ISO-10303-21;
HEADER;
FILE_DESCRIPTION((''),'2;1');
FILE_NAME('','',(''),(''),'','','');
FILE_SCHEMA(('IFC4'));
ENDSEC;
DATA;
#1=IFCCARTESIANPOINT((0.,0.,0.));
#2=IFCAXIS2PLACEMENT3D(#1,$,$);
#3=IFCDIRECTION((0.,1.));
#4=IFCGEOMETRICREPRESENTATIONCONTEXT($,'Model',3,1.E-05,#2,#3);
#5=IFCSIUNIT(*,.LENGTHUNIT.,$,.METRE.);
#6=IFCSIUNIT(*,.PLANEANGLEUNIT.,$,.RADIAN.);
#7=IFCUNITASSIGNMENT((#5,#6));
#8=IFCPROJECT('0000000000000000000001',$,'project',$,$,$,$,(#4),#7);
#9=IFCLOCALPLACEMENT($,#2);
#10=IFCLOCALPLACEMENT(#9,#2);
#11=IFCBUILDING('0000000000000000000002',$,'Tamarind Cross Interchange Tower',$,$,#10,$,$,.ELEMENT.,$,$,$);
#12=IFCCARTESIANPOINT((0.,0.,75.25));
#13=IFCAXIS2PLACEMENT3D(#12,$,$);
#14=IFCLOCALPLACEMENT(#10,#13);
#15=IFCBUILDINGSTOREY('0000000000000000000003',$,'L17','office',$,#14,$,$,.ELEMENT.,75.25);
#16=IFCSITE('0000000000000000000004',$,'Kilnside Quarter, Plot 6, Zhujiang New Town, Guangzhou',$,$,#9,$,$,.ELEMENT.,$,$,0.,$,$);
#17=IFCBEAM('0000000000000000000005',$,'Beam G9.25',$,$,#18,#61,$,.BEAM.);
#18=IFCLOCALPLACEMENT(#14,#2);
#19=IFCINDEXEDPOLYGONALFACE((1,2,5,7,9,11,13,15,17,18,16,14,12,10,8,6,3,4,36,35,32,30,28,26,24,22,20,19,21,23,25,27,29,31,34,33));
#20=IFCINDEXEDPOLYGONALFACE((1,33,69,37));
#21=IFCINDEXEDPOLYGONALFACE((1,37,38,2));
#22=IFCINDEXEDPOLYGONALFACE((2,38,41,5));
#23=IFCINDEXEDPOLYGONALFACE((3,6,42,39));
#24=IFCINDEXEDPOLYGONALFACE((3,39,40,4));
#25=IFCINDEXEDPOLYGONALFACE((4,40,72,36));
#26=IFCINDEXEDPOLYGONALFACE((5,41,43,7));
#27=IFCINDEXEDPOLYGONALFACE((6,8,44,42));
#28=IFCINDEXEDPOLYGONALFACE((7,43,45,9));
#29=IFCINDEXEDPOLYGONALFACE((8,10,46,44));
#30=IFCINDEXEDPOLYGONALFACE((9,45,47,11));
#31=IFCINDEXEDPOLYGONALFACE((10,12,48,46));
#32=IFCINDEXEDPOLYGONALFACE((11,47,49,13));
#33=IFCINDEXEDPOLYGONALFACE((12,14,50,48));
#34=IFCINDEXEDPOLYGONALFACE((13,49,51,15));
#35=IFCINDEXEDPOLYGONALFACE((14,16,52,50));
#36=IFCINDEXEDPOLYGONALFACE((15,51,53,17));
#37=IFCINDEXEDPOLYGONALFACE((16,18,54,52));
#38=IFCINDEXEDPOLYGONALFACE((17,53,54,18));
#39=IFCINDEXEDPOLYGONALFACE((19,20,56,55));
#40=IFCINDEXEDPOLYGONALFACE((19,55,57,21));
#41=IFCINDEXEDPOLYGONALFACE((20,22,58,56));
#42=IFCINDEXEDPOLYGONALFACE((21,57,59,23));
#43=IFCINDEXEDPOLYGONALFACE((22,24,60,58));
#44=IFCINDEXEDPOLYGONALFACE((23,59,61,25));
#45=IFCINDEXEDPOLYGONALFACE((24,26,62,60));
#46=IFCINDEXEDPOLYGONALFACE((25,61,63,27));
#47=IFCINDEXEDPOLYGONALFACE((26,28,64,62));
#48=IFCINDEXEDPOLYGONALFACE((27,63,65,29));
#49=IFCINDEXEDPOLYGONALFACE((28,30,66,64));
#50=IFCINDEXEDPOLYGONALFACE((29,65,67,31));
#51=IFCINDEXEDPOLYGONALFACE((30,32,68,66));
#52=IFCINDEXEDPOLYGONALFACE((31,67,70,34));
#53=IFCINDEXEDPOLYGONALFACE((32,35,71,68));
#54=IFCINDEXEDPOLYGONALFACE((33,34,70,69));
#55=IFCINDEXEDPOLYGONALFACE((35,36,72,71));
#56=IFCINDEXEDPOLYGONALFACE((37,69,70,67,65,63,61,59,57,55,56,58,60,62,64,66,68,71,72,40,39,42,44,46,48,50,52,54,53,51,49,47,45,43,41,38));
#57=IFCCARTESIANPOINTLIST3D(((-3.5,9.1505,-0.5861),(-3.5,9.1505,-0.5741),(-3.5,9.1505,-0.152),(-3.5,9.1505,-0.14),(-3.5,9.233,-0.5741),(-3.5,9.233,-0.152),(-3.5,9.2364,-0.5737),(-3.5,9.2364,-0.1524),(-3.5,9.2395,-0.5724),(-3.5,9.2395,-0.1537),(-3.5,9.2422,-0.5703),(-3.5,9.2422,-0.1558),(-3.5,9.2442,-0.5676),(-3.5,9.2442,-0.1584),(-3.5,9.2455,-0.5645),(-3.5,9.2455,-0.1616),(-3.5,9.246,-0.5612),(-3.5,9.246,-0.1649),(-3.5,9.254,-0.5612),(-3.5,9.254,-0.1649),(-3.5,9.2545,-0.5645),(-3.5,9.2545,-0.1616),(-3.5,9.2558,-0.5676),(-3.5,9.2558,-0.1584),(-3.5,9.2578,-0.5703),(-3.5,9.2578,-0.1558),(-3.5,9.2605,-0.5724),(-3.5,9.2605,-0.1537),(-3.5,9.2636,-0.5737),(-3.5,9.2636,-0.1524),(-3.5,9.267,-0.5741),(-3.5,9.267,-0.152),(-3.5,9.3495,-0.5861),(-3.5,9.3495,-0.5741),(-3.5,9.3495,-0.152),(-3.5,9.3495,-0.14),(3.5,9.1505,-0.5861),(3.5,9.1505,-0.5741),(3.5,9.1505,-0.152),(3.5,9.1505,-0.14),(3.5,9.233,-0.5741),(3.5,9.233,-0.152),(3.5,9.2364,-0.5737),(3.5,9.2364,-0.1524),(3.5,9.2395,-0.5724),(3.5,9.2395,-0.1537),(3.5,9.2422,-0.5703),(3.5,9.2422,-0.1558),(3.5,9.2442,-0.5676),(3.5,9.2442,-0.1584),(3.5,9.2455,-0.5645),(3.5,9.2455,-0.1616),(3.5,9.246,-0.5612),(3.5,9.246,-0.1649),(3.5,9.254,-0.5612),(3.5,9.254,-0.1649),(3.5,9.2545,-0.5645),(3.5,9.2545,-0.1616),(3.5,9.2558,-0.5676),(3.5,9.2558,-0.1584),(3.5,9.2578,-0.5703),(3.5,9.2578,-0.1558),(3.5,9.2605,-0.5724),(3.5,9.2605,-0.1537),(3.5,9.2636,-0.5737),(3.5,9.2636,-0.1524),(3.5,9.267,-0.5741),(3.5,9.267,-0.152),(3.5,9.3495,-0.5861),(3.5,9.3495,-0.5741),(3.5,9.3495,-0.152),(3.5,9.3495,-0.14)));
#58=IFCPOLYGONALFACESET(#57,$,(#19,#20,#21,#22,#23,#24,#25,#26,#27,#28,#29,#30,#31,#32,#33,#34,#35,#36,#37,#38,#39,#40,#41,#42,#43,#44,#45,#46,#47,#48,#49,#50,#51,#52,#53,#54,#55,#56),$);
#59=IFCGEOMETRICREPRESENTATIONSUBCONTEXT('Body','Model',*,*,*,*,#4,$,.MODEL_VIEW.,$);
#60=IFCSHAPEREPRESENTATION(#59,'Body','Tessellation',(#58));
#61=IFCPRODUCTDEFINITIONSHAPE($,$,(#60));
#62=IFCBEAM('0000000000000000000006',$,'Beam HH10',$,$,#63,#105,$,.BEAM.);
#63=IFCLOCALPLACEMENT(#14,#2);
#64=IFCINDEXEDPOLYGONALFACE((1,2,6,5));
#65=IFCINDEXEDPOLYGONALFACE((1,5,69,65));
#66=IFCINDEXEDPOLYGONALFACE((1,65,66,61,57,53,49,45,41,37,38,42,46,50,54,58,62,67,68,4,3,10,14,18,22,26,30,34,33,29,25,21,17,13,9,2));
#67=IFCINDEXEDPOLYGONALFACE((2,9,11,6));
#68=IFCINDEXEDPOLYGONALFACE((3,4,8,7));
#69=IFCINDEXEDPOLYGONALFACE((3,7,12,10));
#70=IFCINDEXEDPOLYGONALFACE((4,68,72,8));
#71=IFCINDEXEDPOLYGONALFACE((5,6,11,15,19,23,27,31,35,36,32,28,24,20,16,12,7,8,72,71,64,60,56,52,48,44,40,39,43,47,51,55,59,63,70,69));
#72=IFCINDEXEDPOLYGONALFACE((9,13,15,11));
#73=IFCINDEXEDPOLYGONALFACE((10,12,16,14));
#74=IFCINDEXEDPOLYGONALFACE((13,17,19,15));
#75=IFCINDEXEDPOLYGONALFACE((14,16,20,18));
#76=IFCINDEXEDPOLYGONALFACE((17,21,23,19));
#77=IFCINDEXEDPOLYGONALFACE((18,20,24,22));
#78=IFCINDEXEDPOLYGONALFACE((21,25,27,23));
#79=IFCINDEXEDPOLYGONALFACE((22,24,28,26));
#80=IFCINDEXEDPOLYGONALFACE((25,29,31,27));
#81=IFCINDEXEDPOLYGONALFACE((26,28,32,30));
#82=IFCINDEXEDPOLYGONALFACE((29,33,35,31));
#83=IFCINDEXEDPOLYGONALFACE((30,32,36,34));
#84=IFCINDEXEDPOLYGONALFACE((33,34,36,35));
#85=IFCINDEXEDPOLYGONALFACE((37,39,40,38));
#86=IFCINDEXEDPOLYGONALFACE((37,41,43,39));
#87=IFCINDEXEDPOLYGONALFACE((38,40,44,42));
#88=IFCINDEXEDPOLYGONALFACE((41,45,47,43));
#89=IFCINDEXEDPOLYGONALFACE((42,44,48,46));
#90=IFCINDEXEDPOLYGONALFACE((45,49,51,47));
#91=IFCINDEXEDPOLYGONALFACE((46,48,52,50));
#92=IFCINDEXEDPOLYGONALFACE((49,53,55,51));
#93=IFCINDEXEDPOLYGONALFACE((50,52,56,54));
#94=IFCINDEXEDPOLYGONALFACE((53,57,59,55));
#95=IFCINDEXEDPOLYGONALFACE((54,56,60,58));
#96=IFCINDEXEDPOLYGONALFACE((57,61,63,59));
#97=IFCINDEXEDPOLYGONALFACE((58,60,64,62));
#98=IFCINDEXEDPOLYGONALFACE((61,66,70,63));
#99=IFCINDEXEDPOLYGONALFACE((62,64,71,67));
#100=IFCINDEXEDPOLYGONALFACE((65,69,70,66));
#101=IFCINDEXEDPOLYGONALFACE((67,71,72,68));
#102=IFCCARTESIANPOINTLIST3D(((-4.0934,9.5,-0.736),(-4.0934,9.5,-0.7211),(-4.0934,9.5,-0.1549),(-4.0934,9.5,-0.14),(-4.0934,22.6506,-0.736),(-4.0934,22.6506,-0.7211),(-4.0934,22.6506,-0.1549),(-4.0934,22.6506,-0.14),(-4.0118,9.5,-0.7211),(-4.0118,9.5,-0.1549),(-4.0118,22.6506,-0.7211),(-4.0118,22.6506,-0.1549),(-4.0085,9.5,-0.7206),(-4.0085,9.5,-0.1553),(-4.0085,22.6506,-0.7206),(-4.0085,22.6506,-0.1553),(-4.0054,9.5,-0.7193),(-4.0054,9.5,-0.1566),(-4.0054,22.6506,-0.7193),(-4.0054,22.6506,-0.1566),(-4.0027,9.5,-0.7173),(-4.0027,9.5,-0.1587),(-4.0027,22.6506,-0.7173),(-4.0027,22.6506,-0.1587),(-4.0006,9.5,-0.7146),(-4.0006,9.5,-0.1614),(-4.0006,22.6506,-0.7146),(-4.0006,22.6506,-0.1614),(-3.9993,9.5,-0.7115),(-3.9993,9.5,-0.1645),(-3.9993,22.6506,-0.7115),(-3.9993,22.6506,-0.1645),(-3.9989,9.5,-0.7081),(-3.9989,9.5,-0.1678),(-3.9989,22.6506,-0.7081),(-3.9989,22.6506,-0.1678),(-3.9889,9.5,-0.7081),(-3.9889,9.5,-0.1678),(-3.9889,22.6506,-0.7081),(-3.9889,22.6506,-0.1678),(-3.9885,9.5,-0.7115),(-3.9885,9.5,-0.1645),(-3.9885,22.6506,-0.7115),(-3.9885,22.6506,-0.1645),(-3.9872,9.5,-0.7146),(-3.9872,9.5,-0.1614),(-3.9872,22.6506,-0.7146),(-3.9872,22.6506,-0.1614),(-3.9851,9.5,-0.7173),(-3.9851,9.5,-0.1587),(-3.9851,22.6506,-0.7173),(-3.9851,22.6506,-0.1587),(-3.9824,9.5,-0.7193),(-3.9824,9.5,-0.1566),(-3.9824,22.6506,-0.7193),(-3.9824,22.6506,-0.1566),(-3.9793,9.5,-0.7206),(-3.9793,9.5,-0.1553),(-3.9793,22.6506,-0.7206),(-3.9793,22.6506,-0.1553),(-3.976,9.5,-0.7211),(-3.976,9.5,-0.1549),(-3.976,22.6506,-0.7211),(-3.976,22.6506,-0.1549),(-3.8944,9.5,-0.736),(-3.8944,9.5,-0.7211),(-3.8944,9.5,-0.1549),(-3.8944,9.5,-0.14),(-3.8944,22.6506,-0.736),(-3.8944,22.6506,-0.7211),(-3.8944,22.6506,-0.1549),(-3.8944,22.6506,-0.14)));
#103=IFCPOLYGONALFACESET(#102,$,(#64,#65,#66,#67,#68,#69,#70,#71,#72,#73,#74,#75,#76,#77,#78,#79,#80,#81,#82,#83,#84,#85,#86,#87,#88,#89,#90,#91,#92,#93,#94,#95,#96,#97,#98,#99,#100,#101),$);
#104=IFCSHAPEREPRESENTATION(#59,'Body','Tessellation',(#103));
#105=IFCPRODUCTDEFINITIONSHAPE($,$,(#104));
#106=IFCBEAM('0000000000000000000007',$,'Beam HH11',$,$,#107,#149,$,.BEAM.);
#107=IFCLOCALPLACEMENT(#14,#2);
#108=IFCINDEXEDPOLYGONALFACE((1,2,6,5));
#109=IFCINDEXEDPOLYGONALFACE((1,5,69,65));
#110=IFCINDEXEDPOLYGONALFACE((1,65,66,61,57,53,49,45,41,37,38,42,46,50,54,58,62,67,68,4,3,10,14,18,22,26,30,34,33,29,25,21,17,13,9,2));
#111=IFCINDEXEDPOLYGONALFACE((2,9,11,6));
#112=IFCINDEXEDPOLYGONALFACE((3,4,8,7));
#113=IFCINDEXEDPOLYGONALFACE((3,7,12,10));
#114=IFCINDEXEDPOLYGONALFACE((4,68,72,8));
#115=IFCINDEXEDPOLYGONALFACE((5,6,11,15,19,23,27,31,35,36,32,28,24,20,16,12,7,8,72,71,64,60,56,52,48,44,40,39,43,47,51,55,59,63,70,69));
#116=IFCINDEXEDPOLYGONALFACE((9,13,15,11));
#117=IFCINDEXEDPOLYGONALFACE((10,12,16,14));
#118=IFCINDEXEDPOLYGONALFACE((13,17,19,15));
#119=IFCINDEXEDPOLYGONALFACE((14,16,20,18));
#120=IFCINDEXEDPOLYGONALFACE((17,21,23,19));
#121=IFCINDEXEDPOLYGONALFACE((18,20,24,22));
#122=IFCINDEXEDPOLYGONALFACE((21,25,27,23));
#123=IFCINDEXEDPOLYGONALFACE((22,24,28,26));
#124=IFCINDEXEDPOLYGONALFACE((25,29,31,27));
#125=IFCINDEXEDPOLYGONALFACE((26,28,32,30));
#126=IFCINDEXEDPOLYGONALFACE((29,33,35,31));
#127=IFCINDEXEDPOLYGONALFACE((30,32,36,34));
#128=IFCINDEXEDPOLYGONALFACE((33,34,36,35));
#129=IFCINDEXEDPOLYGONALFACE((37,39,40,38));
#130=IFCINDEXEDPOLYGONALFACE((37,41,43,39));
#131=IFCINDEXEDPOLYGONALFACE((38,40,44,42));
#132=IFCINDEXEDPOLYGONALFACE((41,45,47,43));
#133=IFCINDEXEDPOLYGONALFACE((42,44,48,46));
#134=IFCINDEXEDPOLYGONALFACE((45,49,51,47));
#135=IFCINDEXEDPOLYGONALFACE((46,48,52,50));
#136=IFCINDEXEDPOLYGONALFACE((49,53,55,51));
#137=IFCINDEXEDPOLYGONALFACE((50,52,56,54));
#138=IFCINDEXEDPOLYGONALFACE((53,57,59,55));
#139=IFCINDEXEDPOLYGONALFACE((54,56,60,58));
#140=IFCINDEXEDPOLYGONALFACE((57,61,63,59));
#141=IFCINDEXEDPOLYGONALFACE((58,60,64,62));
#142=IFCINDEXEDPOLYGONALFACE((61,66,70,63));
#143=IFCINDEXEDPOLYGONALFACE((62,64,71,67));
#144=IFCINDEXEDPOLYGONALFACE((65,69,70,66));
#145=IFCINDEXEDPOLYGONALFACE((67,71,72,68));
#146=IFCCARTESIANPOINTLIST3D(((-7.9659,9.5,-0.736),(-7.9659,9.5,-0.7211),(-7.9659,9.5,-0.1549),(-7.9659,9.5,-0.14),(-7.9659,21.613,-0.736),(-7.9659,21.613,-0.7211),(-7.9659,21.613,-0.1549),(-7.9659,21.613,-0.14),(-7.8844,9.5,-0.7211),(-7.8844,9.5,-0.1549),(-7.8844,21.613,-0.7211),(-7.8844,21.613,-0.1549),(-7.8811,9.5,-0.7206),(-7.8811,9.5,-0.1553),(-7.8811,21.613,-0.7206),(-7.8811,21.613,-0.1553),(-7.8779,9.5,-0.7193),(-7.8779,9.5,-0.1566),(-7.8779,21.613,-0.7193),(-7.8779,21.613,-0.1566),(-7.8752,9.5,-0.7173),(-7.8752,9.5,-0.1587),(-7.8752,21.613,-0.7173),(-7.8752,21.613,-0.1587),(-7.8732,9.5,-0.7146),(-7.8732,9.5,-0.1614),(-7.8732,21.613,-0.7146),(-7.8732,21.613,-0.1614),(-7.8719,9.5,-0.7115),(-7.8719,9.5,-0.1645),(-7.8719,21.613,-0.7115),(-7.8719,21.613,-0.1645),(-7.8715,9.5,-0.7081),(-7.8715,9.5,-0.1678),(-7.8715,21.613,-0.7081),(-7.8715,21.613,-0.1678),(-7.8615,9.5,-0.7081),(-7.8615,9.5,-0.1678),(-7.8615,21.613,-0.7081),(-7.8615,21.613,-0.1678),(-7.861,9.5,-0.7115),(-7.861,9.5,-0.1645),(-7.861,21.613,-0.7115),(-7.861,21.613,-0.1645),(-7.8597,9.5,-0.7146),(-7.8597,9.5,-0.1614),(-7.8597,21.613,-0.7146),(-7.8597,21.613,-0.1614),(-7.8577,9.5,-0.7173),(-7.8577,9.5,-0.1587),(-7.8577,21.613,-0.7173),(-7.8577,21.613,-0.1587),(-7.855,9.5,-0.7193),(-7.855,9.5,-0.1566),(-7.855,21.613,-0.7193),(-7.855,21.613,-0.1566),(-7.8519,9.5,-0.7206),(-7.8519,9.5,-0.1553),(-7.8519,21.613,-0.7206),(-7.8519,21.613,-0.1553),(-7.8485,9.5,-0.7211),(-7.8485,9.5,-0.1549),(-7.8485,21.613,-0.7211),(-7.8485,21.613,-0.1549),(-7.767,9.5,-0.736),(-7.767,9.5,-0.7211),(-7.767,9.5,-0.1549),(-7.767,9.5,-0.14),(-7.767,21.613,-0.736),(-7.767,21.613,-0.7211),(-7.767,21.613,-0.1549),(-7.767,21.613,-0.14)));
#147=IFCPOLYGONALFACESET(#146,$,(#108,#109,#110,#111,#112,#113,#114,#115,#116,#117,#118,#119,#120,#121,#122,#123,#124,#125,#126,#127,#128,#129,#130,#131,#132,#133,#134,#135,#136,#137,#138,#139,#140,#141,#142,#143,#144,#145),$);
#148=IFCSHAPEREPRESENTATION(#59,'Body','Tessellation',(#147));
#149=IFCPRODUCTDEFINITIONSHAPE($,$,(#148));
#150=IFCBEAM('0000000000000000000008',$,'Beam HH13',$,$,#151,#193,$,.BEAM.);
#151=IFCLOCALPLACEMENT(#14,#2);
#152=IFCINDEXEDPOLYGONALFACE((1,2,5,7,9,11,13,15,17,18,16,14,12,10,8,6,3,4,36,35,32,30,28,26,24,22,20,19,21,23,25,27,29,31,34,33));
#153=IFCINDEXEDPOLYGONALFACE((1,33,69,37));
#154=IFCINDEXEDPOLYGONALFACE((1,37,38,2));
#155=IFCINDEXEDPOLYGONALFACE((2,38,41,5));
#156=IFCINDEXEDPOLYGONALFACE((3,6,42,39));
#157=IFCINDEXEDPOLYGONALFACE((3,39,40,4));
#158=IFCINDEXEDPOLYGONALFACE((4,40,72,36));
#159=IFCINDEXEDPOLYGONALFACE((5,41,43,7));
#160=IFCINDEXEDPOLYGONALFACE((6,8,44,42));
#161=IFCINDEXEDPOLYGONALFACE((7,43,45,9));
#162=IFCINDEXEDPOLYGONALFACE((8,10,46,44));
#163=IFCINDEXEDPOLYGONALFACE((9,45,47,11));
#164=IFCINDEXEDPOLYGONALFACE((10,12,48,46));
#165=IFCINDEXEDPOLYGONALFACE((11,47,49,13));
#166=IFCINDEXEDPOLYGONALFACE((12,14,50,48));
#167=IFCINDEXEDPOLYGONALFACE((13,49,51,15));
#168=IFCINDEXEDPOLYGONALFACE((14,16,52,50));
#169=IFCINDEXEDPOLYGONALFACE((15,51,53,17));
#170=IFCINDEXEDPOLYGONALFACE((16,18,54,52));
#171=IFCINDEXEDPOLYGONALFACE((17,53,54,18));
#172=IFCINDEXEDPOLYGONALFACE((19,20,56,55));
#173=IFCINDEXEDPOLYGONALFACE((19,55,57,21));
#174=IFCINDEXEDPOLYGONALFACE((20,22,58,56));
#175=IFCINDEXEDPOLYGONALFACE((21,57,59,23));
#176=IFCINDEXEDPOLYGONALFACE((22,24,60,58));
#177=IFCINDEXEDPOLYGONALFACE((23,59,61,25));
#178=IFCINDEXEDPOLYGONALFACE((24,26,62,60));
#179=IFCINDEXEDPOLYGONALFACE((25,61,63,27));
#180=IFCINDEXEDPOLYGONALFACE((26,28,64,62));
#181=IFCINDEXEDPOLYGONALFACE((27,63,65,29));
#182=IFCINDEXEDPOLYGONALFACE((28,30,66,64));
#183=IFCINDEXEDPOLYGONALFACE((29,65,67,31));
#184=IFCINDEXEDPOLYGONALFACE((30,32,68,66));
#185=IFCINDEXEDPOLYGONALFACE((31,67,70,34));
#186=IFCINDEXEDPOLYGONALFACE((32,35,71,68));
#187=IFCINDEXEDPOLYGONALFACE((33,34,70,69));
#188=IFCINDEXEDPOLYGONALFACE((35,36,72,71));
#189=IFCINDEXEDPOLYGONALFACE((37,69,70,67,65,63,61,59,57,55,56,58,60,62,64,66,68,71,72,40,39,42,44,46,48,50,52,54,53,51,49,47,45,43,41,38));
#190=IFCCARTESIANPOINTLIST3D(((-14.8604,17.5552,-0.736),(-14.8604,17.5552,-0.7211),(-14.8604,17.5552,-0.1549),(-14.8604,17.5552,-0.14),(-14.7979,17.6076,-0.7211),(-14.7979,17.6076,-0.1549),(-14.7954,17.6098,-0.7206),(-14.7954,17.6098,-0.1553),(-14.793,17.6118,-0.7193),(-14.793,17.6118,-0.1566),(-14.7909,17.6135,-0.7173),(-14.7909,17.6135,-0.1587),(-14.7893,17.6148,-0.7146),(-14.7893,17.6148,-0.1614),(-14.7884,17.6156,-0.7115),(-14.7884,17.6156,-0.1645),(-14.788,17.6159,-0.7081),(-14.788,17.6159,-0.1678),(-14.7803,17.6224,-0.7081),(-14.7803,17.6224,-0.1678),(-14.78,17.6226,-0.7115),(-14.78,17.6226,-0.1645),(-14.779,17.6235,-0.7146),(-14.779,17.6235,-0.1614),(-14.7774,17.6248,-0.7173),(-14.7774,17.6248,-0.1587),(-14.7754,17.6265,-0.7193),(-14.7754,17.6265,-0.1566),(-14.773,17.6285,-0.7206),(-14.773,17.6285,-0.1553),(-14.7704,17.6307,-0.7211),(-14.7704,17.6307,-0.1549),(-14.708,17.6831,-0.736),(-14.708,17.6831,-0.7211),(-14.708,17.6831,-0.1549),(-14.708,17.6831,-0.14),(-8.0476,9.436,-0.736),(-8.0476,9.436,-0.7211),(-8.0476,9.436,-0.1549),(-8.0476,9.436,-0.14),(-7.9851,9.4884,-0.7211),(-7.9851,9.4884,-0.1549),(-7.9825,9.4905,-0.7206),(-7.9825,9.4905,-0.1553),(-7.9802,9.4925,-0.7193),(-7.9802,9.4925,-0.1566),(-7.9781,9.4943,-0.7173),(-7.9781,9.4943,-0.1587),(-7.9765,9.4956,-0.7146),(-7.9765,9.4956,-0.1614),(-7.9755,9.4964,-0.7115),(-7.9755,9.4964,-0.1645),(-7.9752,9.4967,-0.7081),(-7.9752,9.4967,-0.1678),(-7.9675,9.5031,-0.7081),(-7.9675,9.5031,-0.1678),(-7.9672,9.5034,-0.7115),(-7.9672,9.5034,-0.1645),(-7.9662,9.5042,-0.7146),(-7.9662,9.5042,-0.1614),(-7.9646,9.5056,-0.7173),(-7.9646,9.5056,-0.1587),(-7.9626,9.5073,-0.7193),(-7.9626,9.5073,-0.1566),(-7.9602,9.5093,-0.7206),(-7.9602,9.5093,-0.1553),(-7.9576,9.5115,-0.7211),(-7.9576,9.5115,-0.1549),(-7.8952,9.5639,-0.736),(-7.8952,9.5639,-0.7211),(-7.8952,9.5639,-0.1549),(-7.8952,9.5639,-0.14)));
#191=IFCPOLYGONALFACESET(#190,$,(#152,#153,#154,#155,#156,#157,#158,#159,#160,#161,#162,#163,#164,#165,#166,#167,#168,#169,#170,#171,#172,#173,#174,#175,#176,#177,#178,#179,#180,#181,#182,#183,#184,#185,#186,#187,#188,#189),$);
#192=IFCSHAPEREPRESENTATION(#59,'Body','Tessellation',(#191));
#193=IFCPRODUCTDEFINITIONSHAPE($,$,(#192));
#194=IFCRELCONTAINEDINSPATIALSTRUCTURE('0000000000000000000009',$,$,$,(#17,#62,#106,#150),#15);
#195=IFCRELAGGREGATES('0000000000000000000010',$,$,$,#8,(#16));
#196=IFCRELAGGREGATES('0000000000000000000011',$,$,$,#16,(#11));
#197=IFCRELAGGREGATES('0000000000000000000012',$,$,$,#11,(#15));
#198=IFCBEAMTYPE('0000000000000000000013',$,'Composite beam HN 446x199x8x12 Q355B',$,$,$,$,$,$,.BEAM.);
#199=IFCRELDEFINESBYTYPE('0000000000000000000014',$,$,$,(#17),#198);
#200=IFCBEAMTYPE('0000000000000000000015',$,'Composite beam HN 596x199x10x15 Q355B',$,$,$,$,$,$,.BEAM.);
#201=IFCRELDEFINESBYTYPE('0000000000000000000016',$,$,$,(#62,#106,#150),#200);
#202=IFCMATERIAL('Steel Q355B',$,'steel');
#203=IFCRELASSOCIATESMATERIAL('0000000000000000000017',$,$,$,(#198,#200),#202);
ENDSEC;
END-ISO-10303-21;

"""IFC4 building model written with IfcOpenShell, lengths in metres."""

from ifc_helpers import new_model, si_unit, direction, frame, origin, origin_2d, place, context, subcontext, project, spatial, i_section, extrude, material, material_profile, profile_set, type_object, element, save


model = new_model("IFC4")

# Units and contexts
model_context = context("Model", 3, precision=1e-05, world=origin(), true_north=direction((0.0, 1.0)))
body_context = subcontext(model_context, "Body", "Model", "MODEL_VIEW")
ifc_project = project(units=[si_unit("LENGTHUNIT", "METRE"), si_unit("PLANEANGLEUNIT", "RADIAN")], contexts=[model_context])

# Site, building, storey
site_placement = place(None, origin())
site = spatial("IfcSite", under=ifc_project, at=site_placement, Name="Kilnside Quarter, Plot 6, Zhujiang New Town, Guangzhou", CompositionType="ELEMENT", RefElevation=0.0)
building_placement = place(site_placement, origin())
building = spatial("IfcBuilding", under=site, at=building_placement, Name="Tamarind Cross Interchange Tower", CompositionType="ELEMENT")
storey_placement = place(building_placement, frame((0.0, 0.0, 75.25)))
storey = spatial("IfcBuildingStorey", under=building, at=storey_placement, Name="L17", Description="office", CompositionType="ELEMENT", Elevation=75.25)

# Beams
ifc_material_1 = material(Name="Steel Q355B", Category="steel")
ifc_material_profile_1 = material_profile(ifc_material_1, i_section(OverallWidth=0.199, OverallDepth=0.446, WebThickness=0.0081, FlangeThickness=0.012, FilletRadius=0.0129, at=origin_2d()), Name="HN 446x199x8x12")
ifc_profile_set_1 = profile_set([ifc_material_profile_1], Name="Steel Q355B")
beam_type_1 = type_object("IfcBeamType", Name="Composite beam HN 446x199x8x12 Q355B", PredefinedType="BEAM", material=ifc_profile_set_1)
for number, where, z_axis, x_axis, name in (
    (1, (-3.5, 9.25, -0.363), (1.0, 0.0, 0.0), (0.0, 1.0, 0.0), "Beam G9.25"),
):
    element("IfcBeam", number, at=place(storey_placement, frame(where, z_axis=z_axis, x_axis=x_axis)), inside=storey, type_object=beam_type_1, Name=name, PredefinedType="BEAM", context=body_context, shape_type="SweptSolid", body=[
        extrude(i_section(OverallWidth=0.199, OverallDepth=0.446, WebThickness=0.0081, FlangeThickness=0.012, FilletRadius=0.0129, at=origin_2d()), origin(), (0.0, 0.0, 1.0), 7.0),
    ])
ifc_material_profile_2 = material_profile(ifc_material_1, i_section(OverallWidth=0.199, OverallDepth=0.5959, WebThickness=0.01, FlangeThickness=0.0149, FilletRadius=0.0129, at=origin_2d()), Name="HN 596x199x10x15")
ifc_profile_set_2 = profile_set([ifc_material_profile_2], Name="Steel Q355B")
beam_type_2 = type_object("IfcBeamType", Name="Composite beam HN 596x199x10x15 Q355B", PredefinedType="BEAM", material=ifc_profile_set_2)
beam_1_placement = place(storey_placement, frame((-3.9939, 22.6506, -0.438), z_axis=(0.0, -1.0, 0.0), x_axis=(1.0, 0.0, 0.0)))
element("IfcBeam", 2, at=beam_1_placement, inside=storey, type_object=beam_type_2, Name="Beam HH10", PredefinedType="BEAM", context=body_context, shape_type="SweptSolid", body=[
    extrude(i_section(OverallWidth=0.199, OverallDepth=0.5959, WebThickness=0.01, FlangeThickness=0.0149, FilletRadius=0.0129, at=origin_2d()), origin(), (0.0, 0.0, 1.0), 13.1506),
])
beam_2_placement = place(storey_placement, frame((-7.8665, 21.613, -0.438), z_axis=(0.0, -1.0, 0.0), x_axis=(1.0, 0.0, 0.0)))
element("IfcBeam", 3, at=beam_2_placement, inside=storey, type_object=beam_type_2, Name="Beam HH11", PredefinedType="BEAM", context=body_context, shape_type="SweptSolid", body=[
    extrude(i_section(OverallWidth=0.199, OverallDepth=0.5959, WebThickness=0.01, FlangeThickness=0.0149, FilletRadius=0.0129, at=origin_2d()), origin(), (0.0, 0.0, 1.0), 12.113),
])
beam_3_placement = place(storey_placement, frame((-14.7842, 17.6191, -0.438), z_axis=(0.642786, -0.766046, 0.0), x_axis=(0.766046, 0.642786, 0.0)))
element("IfcBeam", 4, at=beam_3_placement, inside=storey, type_object=beam_type_2, Name="Beam HH13", PredefinedType="BEAM", context=body_context, shape_type="SweptSolid", body=[
    extrude(i_section(OverallWidth=0.199, OverallDepth=0.5959, WebThickness=0.01, FlangeThickness=0.0149, FilletRadius=0.0129, at=origin_2d()), origin(), (0.0, 0.0, 1.0), 10.5989),
])

save(model, "model.ifc")
